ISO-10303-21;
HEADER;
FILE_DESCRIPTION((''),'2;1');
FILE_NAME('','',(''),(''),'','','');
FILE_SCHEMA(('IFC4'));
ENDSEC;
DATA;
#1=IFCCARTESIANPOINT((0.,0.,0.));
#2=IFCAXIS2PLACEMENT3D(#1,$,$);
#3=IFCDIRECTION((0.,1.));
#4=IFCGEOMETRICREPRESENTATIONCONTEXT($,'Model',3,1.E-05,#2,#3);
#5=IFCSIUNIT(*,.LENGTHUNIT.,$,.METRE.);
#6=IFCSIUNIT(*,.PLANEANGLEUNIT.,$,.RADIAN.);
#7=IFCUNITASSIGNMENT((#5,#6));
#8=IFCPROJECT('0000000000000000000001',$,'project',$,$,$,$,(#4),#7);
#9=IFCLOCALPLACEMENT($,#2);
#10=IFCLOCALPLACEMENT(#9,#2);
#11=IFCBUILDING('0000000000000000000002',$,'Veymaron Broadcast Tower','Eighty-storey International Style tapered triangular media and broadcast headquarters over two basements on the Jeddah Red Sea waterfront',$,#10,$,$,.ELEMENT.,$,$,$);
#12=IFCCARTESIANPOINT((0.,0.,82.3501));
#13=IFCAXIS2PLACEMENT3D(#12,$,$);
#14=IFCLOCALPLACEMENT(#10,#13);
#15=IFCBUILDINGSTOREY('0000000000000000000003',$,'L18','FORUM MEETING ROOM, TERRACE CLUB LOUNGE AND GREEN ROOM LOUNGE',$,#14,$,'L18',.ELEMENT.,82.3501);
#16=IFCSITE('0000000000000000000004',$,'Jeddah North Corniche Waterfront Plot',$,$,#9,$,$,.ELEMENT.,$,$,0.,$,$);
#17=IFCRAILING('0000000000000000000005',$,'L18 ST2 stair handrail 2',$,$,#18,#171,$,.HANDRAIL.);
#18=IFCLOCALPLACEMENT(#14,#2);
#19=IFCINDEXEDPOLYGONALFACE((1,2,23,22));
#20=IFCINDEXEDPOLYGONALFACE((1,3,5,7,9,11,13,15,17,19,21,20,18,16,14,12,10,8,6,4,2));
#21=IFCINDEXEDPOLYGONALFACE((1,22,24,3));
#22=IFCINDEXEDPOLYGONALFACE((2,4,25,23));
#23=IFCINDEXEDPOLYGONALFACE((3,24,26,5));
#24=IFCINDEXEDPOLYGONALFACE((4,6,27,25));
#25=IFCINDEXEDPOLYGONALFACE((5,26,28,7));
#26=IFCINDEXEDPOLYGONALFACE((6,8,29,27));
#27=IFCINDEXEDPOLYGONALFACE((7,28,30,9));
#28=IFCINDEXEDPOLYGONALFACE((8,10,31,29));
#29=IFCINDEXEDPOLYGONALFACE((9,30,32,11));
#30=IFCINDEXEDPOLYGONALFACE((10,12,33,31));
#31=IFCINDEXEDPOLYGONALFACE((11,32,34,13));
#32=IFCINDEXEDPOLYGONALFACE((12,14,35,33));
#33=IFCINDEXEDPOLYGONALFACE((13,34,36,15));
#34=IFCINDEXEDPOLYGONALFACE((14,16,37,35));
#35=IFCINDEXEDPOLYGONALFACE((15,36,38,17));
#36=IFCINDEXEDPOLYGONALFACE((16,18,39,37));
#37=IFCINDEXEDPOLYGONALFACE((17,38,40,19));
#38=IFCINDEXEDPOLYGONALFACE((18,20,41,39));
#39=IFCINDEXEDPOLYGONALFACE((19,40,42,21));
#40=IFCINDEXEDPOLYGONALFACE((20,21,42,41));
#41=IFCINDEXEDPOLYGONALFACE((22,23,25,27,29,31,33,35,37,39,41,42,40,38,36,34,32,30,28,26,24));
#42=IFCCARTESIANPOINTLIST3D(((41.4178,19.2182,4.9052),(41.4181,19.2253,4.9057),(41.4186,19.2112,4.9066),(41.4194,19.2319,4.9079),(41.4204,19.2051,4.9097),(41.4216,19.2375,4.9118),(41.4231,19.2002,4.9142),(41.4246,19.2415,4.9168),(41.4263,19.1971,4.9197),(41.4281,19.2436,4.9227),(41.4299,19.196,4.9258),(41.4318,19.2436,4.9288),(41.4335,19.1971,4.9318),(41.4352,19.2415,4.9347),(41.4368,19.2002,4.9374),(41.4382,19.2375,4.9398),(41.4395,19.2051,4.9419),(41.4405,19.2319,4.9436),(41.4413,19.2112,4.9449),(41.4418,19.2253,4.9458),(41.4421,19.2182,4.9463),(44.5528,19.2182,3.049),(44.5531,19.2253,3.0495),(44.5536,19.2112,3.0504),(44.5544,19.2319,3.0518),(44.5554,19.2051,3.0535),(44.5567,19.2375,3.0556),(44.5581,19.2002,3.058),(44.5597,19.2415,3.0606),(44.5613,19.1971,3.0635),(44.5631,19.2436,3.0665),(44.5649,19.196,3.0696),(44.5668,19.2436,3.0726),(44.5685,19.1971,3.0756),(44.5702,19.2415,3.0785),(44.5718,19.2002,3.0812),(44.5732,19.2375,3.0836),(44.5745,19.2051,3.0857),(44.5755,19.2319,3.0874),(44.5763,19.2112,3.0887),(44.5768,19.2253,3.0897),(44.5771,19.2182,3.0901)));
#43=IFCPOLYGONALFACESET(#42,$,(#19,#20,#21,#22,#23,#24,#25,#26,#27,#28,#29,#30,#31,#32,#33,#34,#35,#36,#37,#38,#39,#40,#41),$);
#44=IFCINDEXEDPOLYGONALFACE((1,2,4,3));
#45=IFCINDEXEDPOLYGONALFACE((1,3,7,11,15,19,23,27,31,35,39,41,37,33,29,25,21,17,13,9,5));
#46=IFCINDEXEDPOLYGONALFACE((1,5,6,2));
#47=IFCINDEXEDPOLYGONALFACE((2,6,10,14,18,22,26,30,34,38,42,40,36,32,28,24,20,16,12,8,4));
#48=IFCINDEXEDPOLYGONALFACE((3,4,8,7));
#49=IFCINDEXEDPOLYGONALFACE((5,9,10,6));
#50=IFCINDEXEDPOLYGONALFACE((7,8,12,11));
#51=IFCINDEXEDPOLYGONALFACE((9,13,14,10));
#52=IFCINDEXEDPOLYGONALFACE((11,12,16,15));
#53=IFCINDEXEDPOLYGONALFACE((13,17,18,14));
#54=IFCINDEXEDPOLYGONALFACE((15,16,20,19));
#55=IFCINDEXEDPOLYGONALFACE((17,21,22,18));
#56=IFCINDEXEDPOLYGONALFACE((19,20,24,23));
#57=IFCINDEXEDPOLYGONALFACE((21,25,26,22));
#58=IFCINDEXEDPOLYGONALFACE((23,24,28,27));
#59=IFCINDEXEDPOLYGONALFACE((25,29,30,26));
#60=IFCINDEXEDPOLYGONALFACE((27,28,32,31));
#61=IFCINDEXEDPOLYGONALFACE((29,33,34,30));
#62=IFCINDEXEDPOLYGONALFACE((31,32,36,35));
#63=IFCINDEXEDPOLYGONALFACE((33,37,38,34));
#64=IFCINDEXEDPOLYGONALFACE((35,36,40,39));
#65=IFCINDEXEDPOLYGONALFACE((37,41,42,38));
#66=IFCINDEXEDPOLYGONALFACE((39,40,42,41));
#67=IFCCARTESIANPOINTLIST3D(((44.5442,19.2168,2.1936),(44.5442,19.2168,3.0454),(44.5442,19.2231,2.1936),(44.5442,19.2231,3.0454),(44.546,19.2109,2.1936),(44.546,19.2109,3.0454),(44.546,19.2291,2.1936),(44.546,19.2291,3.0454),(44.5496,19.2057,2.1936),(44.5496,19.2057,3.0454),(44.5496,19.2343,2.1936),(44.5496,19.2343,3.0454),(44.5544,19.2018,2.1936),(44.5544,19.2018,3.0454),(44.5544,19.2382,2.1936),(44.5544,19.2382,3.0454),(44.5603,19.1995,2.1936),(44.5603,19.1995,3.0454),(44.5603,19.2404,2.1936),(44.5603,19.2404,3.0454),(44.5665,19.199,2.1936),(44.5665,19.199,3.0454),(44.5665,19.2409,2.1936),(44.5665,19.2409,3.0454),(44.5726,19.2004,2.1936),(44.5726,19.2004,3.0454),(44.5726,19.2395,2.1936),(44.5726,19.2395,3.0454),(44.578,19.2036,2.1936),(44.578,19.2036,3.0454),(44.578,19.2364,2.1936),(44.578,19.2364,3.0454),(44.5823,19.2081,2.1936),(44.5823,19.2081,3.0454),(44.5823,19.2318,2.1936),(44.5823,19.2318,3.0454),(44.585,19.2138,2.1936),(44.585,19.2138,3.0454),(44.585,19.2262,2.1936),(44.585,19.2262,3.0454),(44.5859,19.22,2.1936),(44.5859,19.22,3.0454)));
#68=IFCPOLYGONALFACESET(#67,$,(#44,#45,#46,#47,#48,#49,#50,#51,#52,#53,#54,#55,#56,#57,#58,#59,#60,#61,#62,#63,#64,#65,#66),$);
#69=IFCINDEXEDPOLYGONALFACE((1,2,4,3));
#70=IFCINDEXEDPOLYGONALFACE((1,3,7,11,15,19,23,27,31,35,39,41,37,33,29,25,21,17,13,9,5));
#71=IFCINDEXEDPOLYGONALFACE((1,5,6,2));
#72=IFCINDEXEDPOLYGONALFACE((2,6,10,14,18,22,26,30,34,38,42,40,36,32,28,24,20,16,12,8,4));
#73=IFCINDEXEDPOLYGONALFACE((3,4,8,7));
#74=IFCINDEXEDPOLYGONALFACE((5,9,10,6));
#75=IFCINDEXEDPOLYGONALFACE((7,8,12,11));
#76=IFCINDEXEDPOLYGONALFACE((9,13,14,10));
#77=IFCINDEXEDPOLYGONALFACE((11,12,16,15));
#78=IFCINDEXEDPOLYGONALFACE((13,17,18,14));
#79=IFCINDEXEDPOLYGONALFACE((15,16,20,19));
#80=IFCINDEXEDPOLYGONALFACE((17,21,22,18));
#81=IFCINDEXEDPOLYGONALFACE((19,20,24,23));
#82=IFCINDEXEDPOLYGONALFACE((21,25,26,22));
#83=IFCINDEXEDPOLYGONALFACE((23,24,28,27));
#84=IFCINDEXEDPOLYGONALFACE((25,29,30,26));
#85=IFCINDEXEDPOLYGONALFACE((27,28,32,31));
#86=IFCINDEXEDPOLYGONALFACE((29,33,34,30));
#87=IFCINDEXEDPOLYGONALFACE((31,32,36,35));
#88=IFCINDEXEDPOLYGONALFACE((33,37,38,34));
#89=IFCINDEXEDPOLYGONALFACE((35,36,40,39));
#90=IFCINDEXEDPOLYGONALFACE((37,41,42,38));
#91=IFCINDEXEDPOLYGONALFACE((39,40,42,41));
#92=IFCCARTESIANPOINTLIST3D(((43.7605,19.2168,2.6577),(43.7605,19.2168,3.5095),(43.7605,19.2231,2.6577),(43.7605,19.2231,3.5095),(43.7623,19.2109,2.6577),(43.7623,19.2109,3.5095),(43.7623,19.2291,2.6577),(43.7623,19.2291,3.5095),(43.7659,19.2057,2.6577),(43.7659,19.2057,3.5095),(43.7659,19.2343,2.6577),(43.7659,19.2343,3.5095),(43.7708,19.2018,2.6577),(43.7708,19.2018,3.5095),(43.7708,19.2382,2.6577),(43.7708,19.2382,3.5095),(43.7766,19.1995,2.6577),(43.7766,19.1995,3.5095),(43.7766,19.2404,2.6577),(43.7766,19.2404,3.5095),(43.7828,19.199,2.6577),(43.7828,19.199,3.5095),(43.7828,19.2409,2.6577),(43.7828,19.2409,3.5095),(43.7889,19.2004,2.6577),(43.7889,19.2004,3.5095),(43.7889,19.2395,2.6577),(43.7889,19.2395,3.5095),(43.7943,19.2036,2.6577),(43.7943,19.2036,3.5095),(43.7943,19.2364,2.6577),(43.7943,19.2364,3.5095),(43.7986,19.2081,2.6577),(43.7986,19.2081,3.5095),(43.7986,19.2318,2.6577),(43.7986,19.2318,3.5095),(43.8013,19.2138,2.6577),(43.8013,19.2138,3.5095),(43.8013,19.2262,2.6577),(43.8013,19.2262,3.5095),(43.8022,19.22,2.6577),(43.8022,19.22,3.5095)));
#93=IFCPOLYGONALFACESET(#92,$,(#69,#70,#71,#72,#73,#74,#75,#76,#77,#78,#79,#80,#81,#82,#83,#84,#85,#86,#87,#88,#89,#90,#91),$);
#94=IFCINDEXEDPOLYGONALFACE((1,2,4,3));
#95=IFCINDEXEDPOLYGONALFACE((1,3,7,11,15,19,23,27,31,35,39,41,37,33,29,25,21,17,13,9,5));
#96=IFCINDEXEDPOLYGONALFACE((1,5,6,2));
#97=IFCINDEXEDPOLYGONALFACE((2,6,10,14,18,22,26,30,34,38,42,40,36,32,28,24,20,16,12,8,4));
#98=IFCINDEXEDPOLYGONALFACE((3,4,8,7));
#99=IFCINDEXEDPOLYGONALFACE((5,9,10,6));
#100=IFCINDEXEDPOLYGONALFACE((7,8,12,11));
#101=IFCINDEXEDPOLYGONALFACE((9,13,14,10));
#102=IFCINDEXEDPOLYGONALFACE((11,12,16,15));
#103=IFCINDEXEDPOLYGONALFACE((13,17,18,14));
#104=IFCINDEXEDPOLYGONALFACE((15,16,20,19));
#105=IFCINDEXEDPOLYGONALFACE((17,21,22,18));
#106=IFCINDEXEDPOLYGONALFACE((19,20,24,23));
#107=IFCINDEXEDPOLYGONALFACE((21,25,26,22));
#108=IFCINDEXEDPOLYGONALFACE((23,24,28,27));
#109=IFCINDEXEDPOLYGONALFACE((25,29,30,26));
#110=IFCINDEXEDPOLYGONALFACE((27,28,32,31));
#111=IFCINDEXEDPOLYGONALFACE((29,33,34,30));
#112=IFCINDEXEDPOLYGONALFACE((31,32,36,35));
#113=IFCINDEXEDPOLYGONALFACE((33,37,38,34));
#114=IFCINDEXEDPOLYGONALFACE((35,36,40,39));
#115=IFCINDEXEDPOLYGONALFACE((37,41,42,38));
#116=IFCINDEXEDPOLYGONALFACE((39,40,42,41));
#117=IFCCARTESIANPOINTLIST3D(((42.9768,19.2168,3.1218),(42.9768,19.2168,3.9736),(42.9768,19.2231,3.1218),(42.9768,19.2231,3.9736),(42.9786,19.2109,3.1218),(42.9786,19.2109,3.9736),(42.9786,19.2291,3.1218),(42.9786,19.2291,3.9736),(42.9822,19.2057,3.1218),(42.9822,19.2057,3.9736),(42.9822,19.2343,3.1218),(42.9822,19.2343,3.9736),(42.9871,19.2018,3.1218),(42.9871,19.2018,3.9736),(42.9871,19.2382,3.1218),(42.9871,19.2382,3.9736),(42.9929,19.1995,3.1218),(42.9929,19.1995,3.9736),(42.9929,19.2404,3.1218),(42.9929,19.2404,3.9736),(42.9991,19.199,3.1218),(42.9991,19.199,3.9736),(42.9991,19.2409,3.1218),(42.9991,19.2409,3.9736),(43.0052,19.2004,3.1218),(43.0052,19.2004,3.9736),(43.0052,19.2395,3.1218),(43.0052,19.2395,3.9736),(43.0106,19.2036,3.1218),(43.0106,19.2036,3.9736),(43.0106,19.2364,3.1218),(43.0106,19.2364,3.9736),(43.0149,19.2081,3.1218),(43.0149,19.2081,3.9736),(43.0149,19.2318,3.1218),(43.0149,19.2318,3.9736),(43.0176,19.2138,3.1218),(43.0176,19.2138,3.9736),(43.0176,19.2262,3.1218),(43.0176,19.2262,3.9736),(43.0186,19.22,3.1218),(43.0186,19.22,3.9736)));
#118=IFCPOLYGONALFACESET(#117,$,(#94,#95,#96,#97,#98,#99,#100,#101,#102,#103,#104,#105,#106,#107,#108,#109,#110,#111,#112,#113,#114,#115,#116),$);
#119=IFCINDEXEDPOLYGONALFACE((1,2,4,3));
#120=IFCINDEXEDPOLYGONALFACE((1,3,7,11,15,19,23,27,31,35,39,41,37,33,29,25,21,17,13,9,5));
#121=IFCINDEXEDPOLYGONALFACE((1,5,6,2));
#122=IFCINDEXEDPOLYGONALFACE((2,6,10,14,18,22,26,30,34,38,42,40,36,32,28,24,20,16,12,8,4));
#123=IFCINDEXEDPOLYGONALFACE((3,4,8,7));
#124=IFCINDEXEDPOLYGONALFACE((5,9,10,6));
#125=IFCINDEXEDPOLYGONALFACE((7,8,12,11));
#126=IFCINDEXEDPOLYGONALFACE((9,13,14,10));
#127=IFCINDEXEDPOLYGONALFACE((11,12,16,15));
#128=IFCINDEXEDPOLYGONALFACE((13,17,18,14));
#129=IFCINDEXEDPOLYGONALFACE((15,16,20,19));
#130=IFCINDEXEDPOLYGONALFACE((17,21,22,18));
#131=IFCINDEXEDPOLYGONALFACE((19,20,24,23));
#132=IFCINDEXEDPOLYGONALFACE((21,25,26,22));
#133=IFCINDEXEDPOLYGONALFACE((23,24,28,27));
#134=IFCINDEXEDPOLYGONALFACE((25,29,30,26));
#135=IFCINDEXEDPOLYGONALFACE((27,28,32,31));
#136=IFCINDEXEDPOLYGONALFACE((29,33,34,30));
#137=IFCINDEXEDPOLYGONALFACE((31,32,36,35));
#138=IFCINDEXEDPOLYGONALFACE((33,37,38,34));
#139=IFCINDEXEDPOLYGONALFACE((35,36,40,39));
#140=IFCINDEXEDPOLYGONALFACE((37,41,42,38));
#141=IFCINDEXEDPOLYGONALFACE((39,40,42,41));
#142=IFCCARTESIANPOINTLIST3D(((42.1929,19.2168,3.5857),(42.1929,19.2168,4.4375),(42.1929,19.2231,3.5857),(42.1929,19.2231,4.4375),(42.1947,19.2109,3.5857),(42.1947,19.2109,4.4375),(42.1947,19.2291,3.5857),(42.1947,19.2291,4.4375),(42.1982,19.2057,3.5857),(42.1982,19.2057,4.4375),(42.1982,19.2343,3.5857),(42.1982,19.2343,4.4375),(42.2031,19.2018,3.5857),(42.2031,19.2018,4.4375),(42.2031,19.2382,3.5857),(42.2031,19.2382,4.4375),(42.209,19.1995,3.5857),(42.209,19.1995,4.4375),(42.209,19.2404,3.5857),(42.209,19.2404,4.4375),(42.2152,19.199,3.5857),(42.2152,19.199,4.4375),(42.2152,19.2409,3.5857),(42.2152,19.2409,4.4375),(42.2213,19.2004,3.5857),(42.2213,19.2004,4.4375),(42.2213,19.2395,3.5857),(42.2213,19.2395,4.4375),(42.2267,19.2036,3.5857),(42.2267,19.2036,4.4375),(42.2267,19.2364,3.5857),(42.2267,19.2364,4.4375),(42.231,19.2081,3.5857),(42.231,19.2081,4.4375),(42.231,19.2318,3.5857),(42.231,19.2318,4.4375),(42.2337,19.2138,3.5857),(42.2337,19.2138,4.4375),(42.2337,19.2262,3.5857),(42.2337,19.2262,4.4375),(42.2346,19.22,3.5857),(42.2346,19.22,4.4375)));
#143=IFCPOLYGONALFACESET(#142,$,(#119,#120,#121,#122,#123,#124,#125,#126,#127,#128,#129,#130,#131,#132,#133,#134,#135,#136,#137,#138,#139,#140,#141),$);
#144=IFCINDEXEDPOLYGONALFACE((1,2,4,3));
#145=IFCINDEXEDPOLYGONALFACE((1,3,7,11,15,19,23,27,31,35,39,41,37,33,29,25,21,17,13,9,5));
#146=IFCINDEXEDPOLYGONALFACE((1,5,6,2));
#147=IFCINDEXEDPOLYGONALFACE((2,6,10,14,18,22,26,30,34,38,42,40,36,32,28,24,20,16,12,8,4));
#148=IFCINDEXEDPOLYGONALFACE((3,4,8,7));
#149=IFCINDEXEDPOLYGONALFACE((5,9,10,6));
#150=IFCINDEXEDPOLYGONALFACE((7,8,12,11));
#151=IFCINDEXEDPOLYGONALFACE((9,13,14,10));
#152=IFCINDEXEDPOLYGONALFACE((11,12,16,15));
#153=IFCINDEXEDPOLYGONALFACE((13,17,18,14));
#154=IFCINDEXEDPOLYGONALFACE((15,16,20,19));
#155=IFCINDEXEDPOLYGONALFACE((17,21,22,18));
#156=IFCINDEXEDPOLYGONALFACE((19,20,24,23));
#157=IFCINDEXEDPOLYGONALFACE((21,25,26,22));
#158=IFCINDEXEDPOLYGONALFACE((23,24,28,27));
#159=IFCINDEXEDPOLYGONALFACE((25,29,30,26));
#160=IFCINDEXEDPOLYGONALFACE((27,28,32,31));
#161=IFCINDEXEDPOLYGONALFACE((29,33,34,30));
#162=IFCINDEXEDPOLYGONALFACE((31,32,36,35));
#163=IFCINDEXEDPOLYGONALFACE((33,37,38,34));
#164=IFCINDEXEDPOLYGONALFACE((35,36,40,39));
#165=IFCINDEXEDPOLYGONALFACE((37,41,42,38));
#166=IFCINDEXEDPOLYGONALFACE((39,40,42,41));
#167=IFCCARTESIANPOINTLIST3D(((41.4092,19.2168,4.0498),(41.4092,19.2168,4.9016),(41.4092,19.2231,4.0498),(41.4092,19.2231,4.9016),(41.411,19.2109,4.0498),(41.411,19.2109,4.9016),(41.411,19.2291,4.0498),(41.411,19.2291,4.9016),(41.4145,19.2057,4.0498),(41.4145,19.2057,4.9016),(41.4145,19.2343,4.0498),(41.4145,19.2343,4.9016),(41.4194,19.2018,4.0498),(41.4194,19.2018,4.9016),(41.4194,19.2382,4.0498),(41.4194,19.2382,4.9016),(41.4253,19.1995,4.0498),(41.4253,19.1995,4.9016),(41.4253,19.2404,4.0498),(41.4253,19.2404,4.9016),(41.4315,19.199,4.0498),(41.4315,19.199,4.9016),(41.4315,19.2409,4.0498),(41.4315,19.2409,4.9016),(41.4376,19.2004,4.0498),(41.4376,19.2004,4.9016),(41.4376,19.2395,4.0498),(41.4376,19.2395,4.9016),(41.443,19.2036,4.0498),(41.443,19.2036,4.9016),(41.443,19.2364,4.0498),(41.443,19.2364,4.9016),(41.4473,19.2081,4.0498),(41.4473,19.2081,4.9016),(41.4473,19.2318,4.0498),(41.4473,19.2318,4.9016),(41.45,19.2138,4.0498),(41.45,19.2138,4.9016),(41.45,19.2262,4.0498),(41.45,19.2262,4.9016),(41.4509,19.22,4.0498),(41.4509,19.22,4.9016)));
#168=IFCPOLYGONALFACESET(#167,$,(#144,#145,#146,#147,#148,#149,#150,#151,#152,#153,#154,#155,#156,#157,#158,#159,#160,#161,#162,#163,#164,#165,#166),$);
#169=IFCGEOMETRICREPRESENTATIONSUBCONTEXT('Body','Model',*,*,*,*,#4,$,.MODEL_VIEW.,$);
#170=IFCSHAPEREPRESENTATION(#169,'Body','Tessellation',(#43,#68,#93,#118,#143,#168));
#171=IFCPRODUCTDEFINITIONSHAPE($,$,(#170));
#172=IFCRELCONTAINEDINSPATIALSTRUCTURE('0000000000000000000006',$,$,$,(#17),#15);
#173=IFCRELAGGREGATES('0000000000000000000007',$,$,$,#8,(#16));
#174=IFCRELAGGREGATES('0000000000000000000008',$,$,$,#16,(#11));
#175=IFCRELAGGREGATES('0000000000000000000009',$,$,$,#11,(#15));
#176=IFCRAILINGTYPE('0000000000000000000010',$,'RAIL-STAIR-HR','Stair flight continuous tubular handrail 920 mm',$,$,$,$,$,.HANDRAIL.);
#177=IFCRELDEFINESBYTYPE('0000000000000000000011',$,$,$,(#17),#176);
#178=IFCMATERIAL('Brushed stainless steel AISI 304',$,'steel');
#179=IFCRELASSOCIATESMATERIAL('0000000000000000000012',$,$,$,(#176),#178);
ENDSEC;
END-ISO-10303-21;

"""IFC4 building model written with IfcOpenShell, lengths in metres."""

from ifc_helpers import new_model, si_unit, direction, frame, origin, origin_2d, place, context, subcontext, project, spatial, circle, extrude, material, type_object, element, save


model = new_model("IFC4")

# Units and contexts
model_context = context("Model", 3, precision=1e-05, world=origin(), true_north=direction((0.0, 1.0)))
body_context = subcontext(model_context, "Body", "Model", "MODEL_VIEW")
ifc_project = project(units=[si_unit("LENGTHUNIT", "METRE"), si_unit("PLANEANGLEUNIT", "RADIAN")], contexts=[model_context])

# Site, building, storey
site_placement = place(None, origin())
site = spatial("IfcSite", under=ifc_project, at=site_placement, Name="Jeddah North Corniche Waterfront Plot", CompositionType="ELEMENT", RefElevation=0.0)
building_placement = place(site_placement, origin())
building = spatial("IfcBuilding", under=site, at=building_placement, Name="Veymaron Broadcast Tower", Description="Eighty-storey International Style tapered triangular media and broadcast headquarters over two basements on the Jeddah Red Sea waterfront", CompositionType="ELEMENT")
storey_placement = place(building_placement, frame((0.0, 0.0, 82.3501)))
storey = spatial("IfcBuildingStorey", under=building, at=storey_placement, Name="L18", Description="FORUM MEETING ROOM, TERRACE CLUB LOUNGE AND GREEN ROOM LOUNGE", LongName="L18", CompositionType="ELEMENT", Elevation=82.3501)

# Shared definitions
ifc_material_1 = material(Name="Brushed stainless steel AISI 304", Category="steel")

# Railing
railing_type_1 = type_object("IfcRailingType", Name="RAIL-STAIR-HR", Description="Stair flight continuous tubular handrail 920 mm", PredefinedType="HANDRAIL", material=ifc_material_1)
railing_1_placement = place(storey_placement, frame((44.5649, 19.22, 2.1936)))
element("IfcRailing", 1, at=railing_1_placement, inside=storey, type_object=railing_type_1, Name="L18 ST2 stair handrail 2", PredefinedType="HANDRAIL", context=body_context, shape_type="SweptSolid", body=[
    extrude(circle(Radius=0.0239, at=origin_2d()), frame((0.0, 0.0, 0.876), z_axis=(-0.860482, 0.0, 0.509481), x_axis=(0.0, -1.0, 0.0)), (0.0, 0.0, 1.0), 3.6433),
    extrude(circle(Radius=0.021, at=origin_2d()), origin(), (0.0, 0.0, 1.0), 0.8518),
    extrude(circle(Radius=0.021, at=origin_2d()), frame((-0.7837, 0.0, 0.4641)), (0.0, 0.0, 1.0), 0.8518),
    extrude(circle(Radius=0.021, at=origin_2d()), frame((-1.5674, 0.0, 0.9282)), (0.0, 0.0, 1.0), 0.8518),
    extrude(circle(Radius=0.021, at=origin_2d()), frame((-2.3513, 0.0, 1.3921)), (0.0, 0.0, 1.0), 0.8518),
    extrude(circle(Radius=0.021, at=origin_2d()), frame((-3.135, 0.0, 1.8562)), (0.0, 0.0, 1.0), 0.8518),
])

save(model, "model.ifc")
